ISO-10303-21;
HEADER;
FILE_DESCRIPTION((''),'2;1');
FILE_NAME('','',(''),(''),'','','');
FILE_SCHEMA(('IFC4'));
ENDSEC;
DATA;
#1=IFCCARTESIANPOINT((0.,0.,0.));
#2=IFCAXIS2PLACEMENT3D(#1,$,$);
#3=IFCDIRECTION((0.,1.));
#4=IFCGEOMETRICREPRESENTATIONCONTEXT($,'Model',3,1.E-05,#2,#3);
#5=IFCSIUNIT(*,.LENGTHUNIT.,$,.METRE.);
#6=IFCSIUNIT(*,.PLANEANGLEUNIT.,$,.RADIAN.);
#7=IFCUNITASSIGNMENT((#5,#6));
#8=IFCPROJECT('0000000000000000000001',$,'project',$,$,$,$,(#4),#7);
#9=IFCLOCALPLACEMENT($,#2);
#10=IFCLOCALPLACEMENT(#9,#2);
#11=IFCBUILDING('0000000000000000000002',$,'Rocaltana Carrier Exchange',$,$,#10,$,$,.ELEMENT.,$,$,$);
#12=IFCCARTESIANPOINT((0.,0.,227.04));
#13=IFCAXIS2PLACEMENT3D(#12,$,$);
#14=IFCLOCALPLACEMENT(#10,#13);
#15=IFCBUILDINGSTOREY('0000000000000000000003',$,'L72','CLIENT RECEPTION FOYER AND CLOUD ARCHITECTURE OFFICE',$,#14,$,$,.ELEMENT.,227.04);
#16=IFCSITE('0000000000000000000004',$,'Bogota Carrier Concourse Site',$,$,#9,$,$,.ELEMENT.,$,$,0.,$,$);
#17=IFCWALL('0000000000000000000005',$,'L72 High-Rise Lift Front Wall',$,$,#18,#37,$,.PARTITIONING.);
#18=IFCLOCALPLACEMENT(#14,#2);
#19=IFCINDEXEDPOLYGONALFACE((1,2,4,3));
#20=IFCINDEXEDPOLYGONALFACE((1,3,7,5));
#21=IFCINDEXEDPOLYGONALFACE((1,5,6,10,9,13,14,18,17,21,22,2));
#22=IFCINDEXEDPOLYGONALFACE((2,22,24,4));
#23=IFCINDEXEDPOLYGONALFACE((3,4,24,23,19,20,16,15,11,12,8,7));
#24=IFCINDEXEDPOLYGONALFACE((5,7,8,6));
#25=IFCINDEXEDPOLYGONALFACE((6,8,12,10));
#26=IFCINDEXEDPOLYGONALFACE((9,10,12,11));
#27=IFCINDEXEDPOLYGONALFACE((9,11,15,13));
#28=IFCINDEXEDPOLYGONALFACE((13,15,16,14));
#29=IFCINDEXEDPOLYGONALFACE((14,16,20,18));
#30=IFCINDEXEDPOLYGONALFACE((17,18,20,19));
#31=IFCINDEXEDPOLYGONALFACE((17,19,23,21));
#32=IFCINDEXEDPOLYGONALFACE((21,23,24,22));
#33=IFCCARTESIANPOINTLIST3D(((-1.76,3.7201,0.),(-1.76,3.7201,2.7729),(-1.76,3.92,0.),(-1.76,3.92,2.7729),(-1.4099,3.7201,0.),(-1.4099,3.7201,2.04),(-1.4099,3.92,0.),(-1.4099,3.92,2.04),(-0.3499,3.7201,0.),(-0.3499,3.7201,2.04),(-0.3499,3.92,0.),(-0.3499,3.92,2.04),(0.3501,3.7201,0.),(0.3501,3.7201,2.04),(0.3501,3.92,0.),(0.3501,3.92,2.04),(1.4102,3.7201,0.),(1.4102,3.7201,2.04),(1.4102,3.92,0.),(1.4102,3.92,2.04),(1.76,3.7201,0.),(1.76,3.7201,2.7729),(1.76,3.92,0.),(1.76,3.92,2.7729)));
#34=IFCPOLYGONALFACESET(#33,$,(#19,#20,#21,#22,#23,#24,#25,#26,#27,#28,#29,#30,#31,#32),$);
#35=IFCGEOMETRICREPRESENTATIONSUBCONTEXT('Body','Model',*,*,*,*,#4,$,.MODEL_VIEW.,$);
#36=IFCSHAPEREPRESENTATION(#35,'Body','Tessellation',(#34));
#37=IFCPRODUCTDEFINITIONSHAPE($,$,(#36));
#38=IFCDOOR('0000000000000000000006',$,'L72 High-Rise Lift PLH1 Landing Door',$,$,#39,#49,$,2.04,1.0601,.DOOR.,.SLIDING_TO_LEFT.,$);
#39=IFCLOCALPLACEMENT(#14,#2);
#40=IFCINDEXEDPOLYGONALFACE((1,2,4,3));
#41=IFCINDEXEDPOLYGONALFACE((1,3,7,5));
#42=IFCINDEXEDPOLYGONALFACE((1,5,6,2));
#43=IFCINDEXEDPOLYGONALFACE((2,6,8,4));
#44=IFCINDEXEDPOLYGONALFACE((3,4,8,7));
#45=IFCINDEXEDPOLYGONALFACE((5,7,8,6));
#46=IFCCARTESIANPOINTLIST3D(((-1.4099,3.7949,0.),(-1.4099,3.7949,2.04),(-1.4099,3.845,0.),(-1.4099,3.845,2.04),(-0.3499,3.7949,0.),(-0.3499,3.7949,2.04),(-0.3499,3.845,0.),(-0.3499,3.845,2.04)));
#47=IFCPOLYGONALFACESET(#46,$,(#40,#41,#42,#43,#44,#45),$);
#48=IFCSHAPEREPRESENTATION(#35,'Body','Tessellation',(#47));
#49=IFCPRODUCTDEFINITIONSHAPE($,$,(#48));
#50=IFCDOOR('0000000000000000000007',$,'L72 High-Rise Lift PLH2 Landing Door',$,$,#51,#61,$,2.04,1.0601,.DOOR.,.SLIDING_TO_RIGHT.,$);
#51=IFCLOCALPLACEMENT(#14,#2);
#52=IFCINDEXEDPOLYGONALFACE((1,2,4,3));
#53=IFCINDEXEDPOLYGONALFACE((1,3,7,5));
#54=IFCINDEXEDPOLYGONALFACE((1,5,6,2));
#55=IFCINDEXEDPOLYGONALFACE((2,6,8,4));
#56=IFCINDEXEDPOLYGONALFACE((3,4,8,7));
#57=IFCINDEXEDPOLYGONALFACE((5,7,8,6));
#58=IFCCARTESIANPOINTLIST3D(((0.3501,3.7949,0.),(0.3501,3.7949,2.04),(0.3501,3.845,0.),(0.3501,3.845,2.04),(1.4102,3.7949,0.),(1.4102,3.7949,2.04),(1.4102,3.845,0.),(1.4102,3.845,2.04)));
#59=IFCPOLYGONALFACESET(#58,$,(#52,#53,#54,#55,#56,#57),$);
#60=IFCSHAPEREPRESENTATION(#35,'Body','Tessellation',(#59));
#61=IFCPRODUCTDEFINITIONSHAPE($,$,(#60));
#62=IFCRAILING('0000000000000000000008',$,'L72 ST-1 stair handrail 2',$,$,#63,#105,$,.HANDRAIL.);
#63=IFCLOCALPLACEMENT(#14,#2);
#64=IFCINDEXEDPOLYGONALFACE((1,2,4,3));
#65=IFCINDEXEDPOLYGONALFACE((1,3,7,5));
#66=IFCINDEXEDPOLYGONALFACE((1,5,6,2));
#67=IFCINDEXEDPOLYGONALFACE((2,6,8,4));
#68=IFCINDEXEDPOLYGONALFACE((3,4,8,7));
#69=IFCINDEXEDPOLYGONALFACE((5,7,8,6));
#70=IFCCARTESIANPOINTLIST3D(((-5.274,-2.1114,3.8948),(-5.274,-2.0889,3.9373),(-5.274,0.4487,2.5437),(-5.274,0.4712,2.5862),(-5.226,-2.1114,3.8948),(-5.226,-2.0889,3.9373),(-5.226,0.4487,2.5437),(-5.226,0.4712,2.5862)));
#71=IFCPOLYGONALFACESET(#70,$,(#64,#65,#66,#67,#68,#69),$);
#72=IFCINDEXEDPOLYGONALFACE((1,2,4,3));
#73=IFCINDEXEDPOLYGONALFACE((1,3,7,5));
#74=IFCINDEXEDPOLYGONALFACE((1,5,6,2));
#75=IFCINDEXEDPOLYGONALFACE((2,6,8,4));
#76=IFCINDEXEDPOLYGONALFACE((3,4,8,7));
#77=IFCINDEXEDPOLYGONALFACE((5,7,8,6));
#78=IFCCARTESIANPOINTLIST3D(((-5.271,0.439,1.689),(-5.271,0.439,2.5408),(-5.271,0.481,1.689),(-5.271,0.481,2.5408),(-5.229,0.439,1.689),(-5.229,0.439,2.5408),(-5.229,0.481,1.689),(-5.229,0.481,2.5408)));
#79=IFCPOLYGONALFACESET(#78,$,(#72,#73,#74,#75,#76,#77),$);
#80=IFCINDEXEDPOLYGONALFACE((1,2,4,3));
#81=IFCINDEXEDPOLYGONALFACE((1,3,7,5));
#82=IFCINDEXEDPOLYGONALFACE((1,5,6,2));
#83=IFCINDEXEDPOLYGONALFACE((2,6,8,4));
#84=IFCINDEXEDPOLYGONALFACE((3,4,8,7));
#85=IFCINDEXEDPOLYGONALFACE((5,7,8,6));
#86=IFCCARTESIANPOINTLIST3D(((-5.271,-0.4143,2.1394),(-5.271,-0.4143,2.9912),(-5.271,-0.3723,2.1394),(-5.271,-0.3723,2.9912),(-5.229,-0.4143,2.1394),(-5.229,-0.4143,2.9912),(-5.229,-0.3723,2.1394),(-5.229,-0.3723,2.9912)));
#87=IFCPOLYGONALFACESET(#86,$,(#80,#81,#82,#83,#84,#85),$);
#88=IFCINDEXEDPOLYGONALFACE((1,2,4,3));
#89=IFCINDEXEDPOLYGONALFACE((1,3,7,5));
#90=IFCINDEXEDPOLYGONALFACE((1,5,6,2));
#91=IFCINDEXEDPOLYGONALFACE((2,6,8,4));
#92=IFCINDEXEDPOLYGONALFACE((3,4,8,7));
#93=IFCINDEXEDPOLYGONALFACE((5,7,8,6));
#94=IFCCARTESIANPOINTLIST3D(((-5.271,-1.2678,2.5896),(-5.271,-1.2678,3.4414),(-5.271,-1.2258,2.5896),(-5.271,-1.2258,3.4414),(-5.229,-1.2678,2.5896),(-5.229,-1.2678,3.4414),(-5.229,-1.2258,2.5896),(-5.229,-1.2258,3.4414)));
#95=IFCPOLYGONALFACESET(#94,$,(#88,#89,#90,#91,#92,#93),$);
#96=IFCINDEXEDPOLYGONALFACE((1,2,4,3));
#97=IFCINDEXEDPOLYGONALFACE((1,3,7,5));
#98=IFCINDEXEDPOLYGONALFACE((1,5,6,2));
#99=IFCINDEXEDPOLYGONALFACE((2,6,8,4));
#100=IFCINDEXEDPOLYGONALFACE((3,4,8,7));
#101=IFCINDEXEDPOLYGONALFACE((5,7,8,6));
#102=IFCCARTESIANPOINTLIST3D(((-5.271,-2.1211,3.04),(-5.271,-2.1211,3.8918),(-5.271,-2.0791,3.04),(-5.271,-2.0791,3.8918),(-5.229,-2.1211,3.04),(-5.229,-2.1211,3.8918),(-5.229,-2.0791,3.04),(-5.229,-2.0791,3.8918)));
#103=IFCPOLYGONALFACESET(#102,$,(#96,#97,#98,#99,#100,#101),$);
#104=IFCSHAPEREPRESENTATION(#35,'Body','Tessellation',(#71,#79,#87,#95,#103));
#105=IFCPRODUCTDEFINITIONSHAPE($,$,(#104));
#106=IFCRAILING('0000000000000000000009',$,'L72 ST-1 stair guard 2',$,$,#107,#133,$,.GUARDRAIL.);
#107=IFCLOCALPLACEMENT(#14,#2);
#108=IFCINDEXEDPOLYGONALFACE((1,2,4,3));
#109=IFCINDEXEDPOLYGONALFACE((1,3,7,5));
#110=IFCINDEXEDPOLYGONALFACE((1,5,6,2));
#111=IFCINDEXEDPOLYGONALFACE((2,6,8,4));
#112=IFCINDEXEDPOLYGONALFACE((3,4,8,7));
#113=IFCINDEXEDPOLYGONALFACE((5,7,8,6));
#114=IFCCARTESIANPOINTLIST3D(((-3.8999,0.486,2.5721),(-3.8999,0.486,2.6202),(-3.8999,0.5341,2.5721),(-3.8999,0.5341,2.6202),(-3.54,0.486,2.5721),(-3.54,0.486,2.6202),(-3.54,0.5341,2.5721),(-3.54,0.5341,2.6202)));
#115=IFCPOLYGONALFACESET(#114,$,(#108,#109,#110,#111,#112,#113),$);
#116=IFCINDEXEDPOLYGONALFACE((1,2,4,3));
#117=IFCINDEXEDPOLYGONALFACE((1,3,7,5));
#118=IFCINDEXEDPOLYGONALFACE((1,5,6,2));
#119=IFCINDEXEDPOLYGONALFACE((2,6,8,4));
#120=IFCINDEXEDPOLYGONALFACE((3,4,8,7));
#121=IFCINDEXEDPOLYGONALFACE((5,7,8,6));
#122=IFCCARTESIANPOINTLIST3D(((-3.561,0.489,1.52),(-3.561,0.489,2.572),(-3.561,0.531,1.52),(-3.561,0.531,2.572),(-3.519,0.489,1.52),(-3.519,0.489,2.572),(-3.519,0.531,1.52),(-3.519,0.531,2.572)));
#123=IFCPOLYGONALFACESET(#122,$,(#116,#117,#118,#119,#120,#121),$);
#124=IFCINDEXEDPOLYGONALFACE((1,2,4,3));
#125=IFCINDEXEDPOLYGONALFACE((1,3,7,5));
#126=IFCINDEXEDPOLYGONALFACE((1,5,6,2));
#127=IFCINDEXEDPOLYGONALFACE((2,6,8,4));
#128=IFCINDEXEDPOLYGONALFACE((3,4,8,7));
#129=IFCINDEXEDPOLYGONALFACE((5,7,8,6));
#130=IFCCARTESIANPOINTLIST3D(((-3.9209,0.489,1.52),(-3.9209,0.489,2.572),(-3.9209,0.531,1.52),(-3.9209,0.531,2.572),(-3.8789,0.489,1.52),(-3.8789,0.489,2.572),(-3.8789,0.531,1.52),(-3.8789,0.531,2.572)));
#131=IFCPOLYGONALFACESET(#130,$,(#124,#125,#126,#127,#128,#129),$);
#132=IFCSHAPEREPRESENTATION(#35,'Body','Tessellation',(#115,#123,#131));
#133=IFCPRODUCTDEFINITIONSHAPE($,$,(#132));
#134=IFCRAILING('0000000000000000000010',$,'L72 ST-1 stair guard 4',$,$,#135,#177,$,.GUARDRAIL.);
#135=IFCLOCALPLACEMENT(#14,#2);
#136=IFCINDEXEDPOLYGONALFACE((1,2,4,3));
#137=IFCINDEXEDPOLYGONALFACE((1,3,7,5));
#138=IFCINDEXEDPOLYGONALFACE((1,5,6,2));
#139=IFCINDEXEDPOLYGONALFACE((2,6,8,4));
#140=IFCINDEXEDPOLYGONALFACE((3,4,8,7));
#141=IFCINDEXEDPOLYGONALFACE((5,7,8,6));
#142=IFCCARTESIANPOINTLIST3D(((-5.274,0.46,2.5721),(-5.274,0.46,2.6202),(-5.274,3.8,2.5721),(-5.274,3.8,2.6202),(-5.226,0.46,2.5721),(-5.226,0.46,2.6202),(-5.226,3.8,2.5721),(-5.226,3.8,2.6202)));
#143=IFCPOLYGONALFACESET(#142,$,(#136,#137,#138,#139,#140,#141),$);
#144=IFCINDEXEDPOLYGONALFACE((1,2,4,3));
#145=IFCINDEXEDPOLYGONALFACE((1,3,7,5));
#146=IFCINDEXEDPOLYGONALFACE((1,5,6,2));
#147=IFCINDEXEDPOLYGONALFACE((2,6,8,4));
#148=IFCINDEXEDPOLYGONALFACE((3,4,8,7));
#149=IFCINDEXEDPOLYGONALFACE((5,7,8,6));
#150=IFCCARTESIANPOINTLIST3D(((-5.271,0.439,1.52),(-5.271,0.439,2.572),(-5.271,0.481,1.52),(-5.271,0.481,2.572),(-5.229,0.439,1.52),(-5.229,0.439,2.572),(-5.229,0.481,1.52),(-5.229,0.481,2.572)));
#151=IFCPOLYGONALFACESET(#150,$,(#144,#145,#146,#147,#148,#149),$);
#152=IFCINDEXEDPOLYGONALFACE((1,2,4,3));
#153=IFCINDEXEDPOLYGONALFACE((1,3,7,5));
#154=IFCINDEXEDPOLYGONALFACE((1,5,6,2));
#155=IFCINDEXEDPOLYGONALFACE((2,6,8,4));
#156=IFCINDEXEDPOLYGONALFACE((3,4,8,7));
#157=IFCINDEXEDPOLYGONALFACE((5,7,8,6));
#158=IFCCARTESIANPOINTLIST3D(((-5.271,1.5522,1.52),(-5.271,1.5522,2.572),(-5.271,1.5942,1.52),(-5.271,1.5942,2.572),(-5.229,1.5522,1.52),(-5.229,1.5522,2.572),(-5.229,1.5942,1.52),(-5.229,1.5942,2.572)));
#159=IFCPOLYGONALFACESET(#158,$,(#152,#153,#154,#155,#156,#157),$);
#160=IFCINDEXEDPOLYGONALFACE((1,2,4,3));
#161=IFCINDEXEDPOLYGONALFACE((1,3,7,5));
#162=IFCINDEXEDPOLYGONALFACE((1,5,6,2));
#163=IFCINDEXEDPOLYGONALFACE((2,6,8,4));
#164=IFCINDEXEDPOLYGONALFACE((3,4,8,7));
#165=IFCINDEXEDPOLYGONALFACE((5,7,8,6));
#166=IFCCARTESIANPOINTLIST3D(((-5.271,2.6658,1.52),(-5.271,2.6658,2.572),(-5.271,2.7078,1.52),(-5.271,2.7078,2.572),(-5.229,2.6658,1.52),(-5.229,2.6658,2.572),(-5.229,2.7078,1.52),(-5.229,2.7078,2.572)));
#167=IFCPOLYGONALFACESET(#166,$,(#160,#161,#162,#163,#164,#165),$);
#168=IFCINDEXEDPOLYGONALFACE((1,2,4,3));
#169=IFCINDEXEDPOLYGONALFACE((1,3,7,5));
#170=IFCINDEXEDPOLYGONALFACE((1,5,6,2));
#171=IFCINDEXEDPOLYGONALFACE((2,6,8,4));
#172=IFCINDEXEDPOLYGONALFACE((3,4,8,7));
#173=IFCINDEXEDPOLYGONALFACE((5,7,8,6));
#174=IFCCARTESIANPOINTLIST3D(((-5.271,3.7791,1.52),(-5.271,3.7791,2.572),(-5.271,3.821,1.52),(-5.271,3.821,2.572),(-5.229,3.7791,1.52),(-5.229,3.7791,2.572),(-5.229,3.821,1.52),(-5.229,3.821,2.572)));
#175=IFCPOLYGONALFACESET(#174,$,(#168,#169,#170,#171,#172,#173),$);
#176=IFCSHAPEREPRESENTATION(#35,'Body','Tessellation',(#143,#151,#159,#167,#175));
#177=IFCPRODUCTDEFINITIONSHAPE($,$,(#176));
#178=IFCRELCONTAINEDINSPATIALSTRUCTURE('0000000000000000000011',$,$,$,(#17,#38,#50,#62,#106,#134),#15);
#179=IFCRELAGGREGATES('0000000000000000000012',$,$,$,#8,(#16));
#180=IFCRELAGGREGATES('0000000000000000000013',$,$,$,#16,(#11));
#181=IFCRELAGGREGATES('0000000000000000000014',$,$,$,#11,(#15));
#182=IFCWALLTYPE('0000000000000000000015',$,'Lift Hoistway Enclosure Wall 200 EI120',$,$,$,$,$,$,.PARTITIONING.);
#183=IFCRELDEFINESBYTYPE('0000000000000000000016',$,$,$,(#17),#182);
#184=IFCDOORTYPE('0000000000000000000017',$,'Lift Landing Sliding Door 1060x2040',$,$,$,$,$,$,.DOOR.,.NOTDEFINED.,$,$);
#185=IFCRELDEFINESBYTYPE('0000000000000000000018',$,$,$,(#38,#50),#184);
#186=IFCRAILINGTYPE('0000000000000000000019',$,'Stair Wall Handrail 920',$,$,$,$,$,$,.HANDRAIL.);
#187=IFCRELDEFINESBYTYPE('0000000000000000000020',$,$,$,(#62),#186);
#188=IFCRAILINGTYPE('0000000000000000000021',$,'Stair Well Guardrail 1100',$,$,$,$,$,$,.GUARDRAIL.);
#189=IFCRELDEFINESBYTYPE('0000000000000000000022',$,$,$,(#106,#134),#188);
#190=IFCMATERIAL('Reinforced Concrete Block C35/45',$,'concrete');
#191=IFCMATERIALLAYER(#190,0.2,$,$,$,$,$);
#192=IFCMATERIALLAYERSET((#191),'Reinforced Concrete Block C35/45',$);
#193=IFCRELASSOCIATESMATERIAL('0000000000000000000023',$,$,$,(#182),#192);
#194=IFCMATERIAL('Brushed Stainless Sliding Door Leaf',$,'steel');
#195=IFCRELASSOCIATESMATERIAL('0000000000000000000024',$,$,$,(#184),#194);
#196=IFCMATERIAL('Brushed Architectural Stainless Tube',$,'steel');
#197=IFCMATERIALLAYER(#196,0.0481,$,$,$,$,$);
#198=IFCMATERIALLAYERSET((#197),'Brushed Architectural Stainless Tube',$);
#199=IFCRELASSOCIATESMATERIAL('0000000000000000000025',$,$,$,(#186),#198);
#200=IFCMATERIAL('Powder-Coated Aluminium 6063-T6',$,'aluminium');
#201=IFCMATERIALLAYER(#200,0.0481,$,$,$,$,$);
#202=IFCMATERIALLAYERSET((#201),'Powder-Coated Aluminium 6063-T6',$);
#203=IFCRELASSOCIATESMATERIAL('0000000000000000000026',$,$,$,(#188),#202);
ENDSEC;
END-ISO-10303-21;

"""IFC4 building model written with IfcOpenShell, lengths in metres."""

from ifc_helpers import new_model, si_unit, direction, frame, frame_2d, origin, origin_2d, place, context, subcontext, project, spatial, rectangle, extrude, material, layer, layer_set, type_object, element, fill, save


model = new_model("IFC4")

# Units and contexts
model_context = context("Model", 3, precision=1e-05, world=origin(), true_north=direction((0.0, 1.0)))
body_context = subcontext(model_context, "Body", "Model", "MODEL_VIEW")
ifc_project = project(units=[si_unit("LENGTHUNIT", "METRE"), si_unit("PLANEANGLEUNIT", "RADIAN")], contexts=[model_context])

# Site, building, storey
site_placement = place(None, origin())
site = spatial("IfcSite", under=ifc_project, at=site_placement, Name="Bogota Carrier Concourse Site", CompositionType="ELEMENT", RefElevation=0.0)
building_placement = place(site_placement, origin())
building = spatial("IfcBuilding", under=site, at=building_placement, Name="Rocaltana Carrier Exchange", CompositionType="ELEMENT")
storey_placement = place(building_placement, frame((0.0, 0.0, 227.04)))
storey = spatial("IfcBuildingStorey", under=building, at=storey_placement, Name="L72", Description="CLIENT RECEPTION FOYER AND CLOUD ARCHITECTURE OFFICE", CompositionType="ELEMENT", Elevation=227.04)

# Shared definitions
ifc_material_1 = material(Name="Reinforced Concrete Block C35/45", Category="concrete")
ifc_layer_1 = layer(ifc_material_1, 0.2)
ifc_layer_set_1 = layer_set([ifc_layer_1], Name="Reinforced Concrete Block C35/45")
wall_type_1 = type_object("IfcWallType", Name="Lift Hoistway Enclosure Wall 200 EI120", PredefinedType="PARTITIONING", material=ifc_layer_set_1)

# Wall, openings, doors
wall_1_placement = place(storey_placement, frame((-1.76, 3.8201, 0.0), z_axis=(0.0, 0.0, 1.0), x_axis=(1.0, 0.0, 0.0)))
wall_1 = element("IfcWall", 1, at=wall_1_placement, inside=storey, type_object=wall_type_1, Name="L72 High-Rise Lift Front Wall", PredefinedType="PARTITIONING", context=body_context, shape_type="SweptSolid", body=[
    extrude(rectangle(XDim=3.52, YDim=0.2, at=frame_2d((1.76, 0.0))), origin(), (0.0, 0.0, 1.0), 2.7729),
])
opening_1_placement = place(wall_1_placement, frame((0.3501, 0.0, 0.0)))
opening_1 = element("IfcOpeningElement", 2, at=opening_1_placement, cuts=wall_1, PredefinedType="OPENING", context=body_context, shape_type="SweptSolid", body=[
    extrude(rectangle(XDim=1.0601, YDim=2.04, at=frame_2d((0.53, 1.02))), frame((0.0, 0.1099, 0.0), z_axis=(0.0, -1.0, 0.0), x_axis=(1.0, 0.0, 0.0)), (0.0, 0.0, 1.0), 0.22),
])
opening_2_placement = place(wall_1_placement, frame((2.1101, 0.0, 0.0)))
opening_2 = element("IfcOpeningElement", 3, at=opening_2_placement, cuts=wall_1, PredefinedType="OPENING", context=body_context, shape_type="SweptSolid", body=[
    extrude(rectangle(XDim=1.0601, YDim=2.04, at=frame_2d((0.53, 1.02))), frame((0.0, 0.1099, 0.0), z_axis=(0.0, -1.0, 0.0), x_axis=(1.0, 0.0, 0.0)), (0.0, 0.0, 1.0), 0.22),
])
ifc_material_2 = material(Name="Brushed Stainless Sliding Door Leaf", Category="steel")
door_type = type_object("IfcDoorType", Name="Lift Landing Sliding Door 1060x2040", OperationType="NOTDEFINED", PredefinedType="DOOR", material=ifc_material_2)
door_1_placement = place(opening_1_placement, origin())
door_1 = element("IfcDoor", 4, at=door_1_placement, inside=storey, type_object=door_type, Name="L72 High-Rise Lift PLH1 Landing Door", OperationType="SLIDING_TO_LEFT", OverallHeight=2.04, OverallWidth=1.0601, PredefinedType="DOOR", context=body_context, shape_type="SweptSolid", body=[
    extrude(rectangle(XDim=1.0601, YDim=2.04, at=frame_2d((0.53, 1.02))), frame((0.0, 0.0249, 0.0), z_axis=(0.0, -1.0, 0.0), x_axis=(1.0, 0.0, 0.0)), (0.0, 0.0, 1.0), 0.05),
])
fill(opening_1, door_1)
door_2_placement = place(opening_2_placement, origin())
door_2 = element("IfcDoor", 5, at=door_2_placement, inside=storey, type_object=door_type, Name="L72 High-Rise Lift PLH2 Landing Door", OperationType="SLIDING_TO_RIGHT", OverallHeight=2.04, OverallWidth=1.0601, PredefinedType="DOOR", context=body_context, shape_type="SweptSolid", body=[
    extrude(rectangle(XDim=1.0601, YDim=2.04, at=frame_2d((0.53, 1.02))), frame((0.0, 0.0249, 0.0), z_axis=(0.0, -1.0, 0.0), x_axis=(1.0, 0.0, 0.0)), (0.0, 0.0, 1.0), 0.05),
])
fill(opening_2, door_2)

# Railings
ifc_material_3 = material(Name="Brushed Architectural Stainless Tube", Category="steel")
ifc_layer_2 = layer(ifc_material_3, 0.0481)
ifc_layer_set_2 = layer_set([ifc_layer_2], Name="Brushed Architectural Stainless Tube")
railing_type_1 = type_object("IfcRailingType", Name="Stair Wall Handrail 920", PredefinedType="HANDRAIL", material=ifc_layer_set_2)
railing_1_placement = place(storey_placement, frame((-5.25, 0.46, 1.689)))
element("IfcRailing", 6, at=railing_1_placement, inside=storey, type_object=railing_type_1, Name="L72 ST-1 stair handrail 2", PredefinedType="HANDRAIL", context=body_context, shape_type="SweptSolid", body=[
    extrude(rectangle(XDim=0.0481, YDim=0.0481, at=origin_2d()), frame((0.0, 0.0, 0.876), z_axis=(0.0, -0.884394, 0.46674), x_axis=(1.0, 0.0, 0.0)), (0.0, 0.0, 1.0), 2.8948),
    extrude(rectangle(XDim=0.042, YDim=0.042, at=origin_2d()), origin(), (0.0, 0.0, 1.0), 0.8518),
    extrude(rectangle(XDim=0.042, YDim=0.042, at=origin_2d()), frame((0.0, -0.8533, 0.4504)), (0.0, 0.0, 1.0), 0.8518),
    extrude(rectangle(XDim=0.042, YDim=0.042, at=origin_2d()), frame((0.0, -1.7068, 0.9006)), (0.0, 0.0, 1.0), 0.8518),
    extrude(rectangle(XDim=0.042, YDim=0.042, at=origin_2d()), frame((0.0, -2.5601, 1.3511)), (0.0, 0.0, 1.0), 0.8518),
])
ifc_material_4 = material(Name="Powder-Coated Aluminium 6063-T6", Category="aluminium")
ifc_layer_3 = layer(ifc_material_4, 0.0481)
ifc_layer_set_3 = layer_set([ifc_layer_3], Name="Powder-Coated Aluminium 6063-T6")
railing_type_2 = type_object("IfcRailingType", Name="Stair Well Guardrail 1100", PredefinedType="GUARDRAIL", material=ifc_layer_set_3)
railing_2_placement = place(storey_placement, frame((-3.54, 0.51, 1.52)))
element("IfcRailing", 7, at=railing_2_placement, inside=storey, type_object=railing_type_2, Name="L72 ST-1 stair guard 2", PredefinedType="GUARDRAIL", context=body_context, shape_type="SweptSolid", body=[
    extrude(rectangle(XDim=0.0481, YDim=0.0481, at=origin_2d()), frame((0.0, 0.0, 1.0762), z_axis=(-1.0, 0.0, 0.0), x_axis=(0.0, -1.0, 0.0)), (0.0, 0.0, 1.0), 0.3599),
    extrude(rectangle(XDim=0.042, YDim=0.042, at=origin_2d()), origin(), (0.0, 0.0, 1.0), 1.052),
    extrude(rectangle(XDim=0.042, YDim=0.042, at=origin_2d()), frame((-0.3599, 0.0, 0.0)), (0.0, 0.0, 1.0), 1.052),
])
railing_3_placement = place(storey_placement, frame((-5.25, 0.46, 1.52)))
element("IfcRailing", 8, at=railing_3_placement, inside=storey, type_object=railing_type_2, Name="L72 ST-1 stair guard 4", PredefinedType="GUARDRAIL", context=body_context, shape_type="SweptSolid", body=[
    extrude(rectangle(XDim=0.0481, YDim=0.0481, at=origin_2d()), frame((0.0, 0.0, 1.0762), z_axis=(0.0, 1.0, 0.0), x_axis=(-1.0, 0.0, 0.0)), (0.0, 0.0, 1.0), 3.3401),
    extrude(rectangle(XDim=0.042, YDim=0.042, at=origin_2d()), origin(), (0.0, 0.0, 1.0), 1.052),
    extrude(rectangle(XDim=0.042, YDim=0.042, at=origin_2d()), frame((0.0, 1.1133, 0.0)), (0.0, 0.0, 1.0), 1.052),
    extrude(rectangle(XDim=0.042, YDim=0.042, at=origin_2d()), frame((0.0, 2.2268, 0.0)), (0.0, 0.0, 1.0), 1.052),
    extrude(rectangle(XDim=0.042, YDim=0.042, at=origin_2d()), frame((0.0, 3.3401, 0.0)), (0.0, 0.0, 1.0), 1.052),
])

save(model, "model.ifc")
